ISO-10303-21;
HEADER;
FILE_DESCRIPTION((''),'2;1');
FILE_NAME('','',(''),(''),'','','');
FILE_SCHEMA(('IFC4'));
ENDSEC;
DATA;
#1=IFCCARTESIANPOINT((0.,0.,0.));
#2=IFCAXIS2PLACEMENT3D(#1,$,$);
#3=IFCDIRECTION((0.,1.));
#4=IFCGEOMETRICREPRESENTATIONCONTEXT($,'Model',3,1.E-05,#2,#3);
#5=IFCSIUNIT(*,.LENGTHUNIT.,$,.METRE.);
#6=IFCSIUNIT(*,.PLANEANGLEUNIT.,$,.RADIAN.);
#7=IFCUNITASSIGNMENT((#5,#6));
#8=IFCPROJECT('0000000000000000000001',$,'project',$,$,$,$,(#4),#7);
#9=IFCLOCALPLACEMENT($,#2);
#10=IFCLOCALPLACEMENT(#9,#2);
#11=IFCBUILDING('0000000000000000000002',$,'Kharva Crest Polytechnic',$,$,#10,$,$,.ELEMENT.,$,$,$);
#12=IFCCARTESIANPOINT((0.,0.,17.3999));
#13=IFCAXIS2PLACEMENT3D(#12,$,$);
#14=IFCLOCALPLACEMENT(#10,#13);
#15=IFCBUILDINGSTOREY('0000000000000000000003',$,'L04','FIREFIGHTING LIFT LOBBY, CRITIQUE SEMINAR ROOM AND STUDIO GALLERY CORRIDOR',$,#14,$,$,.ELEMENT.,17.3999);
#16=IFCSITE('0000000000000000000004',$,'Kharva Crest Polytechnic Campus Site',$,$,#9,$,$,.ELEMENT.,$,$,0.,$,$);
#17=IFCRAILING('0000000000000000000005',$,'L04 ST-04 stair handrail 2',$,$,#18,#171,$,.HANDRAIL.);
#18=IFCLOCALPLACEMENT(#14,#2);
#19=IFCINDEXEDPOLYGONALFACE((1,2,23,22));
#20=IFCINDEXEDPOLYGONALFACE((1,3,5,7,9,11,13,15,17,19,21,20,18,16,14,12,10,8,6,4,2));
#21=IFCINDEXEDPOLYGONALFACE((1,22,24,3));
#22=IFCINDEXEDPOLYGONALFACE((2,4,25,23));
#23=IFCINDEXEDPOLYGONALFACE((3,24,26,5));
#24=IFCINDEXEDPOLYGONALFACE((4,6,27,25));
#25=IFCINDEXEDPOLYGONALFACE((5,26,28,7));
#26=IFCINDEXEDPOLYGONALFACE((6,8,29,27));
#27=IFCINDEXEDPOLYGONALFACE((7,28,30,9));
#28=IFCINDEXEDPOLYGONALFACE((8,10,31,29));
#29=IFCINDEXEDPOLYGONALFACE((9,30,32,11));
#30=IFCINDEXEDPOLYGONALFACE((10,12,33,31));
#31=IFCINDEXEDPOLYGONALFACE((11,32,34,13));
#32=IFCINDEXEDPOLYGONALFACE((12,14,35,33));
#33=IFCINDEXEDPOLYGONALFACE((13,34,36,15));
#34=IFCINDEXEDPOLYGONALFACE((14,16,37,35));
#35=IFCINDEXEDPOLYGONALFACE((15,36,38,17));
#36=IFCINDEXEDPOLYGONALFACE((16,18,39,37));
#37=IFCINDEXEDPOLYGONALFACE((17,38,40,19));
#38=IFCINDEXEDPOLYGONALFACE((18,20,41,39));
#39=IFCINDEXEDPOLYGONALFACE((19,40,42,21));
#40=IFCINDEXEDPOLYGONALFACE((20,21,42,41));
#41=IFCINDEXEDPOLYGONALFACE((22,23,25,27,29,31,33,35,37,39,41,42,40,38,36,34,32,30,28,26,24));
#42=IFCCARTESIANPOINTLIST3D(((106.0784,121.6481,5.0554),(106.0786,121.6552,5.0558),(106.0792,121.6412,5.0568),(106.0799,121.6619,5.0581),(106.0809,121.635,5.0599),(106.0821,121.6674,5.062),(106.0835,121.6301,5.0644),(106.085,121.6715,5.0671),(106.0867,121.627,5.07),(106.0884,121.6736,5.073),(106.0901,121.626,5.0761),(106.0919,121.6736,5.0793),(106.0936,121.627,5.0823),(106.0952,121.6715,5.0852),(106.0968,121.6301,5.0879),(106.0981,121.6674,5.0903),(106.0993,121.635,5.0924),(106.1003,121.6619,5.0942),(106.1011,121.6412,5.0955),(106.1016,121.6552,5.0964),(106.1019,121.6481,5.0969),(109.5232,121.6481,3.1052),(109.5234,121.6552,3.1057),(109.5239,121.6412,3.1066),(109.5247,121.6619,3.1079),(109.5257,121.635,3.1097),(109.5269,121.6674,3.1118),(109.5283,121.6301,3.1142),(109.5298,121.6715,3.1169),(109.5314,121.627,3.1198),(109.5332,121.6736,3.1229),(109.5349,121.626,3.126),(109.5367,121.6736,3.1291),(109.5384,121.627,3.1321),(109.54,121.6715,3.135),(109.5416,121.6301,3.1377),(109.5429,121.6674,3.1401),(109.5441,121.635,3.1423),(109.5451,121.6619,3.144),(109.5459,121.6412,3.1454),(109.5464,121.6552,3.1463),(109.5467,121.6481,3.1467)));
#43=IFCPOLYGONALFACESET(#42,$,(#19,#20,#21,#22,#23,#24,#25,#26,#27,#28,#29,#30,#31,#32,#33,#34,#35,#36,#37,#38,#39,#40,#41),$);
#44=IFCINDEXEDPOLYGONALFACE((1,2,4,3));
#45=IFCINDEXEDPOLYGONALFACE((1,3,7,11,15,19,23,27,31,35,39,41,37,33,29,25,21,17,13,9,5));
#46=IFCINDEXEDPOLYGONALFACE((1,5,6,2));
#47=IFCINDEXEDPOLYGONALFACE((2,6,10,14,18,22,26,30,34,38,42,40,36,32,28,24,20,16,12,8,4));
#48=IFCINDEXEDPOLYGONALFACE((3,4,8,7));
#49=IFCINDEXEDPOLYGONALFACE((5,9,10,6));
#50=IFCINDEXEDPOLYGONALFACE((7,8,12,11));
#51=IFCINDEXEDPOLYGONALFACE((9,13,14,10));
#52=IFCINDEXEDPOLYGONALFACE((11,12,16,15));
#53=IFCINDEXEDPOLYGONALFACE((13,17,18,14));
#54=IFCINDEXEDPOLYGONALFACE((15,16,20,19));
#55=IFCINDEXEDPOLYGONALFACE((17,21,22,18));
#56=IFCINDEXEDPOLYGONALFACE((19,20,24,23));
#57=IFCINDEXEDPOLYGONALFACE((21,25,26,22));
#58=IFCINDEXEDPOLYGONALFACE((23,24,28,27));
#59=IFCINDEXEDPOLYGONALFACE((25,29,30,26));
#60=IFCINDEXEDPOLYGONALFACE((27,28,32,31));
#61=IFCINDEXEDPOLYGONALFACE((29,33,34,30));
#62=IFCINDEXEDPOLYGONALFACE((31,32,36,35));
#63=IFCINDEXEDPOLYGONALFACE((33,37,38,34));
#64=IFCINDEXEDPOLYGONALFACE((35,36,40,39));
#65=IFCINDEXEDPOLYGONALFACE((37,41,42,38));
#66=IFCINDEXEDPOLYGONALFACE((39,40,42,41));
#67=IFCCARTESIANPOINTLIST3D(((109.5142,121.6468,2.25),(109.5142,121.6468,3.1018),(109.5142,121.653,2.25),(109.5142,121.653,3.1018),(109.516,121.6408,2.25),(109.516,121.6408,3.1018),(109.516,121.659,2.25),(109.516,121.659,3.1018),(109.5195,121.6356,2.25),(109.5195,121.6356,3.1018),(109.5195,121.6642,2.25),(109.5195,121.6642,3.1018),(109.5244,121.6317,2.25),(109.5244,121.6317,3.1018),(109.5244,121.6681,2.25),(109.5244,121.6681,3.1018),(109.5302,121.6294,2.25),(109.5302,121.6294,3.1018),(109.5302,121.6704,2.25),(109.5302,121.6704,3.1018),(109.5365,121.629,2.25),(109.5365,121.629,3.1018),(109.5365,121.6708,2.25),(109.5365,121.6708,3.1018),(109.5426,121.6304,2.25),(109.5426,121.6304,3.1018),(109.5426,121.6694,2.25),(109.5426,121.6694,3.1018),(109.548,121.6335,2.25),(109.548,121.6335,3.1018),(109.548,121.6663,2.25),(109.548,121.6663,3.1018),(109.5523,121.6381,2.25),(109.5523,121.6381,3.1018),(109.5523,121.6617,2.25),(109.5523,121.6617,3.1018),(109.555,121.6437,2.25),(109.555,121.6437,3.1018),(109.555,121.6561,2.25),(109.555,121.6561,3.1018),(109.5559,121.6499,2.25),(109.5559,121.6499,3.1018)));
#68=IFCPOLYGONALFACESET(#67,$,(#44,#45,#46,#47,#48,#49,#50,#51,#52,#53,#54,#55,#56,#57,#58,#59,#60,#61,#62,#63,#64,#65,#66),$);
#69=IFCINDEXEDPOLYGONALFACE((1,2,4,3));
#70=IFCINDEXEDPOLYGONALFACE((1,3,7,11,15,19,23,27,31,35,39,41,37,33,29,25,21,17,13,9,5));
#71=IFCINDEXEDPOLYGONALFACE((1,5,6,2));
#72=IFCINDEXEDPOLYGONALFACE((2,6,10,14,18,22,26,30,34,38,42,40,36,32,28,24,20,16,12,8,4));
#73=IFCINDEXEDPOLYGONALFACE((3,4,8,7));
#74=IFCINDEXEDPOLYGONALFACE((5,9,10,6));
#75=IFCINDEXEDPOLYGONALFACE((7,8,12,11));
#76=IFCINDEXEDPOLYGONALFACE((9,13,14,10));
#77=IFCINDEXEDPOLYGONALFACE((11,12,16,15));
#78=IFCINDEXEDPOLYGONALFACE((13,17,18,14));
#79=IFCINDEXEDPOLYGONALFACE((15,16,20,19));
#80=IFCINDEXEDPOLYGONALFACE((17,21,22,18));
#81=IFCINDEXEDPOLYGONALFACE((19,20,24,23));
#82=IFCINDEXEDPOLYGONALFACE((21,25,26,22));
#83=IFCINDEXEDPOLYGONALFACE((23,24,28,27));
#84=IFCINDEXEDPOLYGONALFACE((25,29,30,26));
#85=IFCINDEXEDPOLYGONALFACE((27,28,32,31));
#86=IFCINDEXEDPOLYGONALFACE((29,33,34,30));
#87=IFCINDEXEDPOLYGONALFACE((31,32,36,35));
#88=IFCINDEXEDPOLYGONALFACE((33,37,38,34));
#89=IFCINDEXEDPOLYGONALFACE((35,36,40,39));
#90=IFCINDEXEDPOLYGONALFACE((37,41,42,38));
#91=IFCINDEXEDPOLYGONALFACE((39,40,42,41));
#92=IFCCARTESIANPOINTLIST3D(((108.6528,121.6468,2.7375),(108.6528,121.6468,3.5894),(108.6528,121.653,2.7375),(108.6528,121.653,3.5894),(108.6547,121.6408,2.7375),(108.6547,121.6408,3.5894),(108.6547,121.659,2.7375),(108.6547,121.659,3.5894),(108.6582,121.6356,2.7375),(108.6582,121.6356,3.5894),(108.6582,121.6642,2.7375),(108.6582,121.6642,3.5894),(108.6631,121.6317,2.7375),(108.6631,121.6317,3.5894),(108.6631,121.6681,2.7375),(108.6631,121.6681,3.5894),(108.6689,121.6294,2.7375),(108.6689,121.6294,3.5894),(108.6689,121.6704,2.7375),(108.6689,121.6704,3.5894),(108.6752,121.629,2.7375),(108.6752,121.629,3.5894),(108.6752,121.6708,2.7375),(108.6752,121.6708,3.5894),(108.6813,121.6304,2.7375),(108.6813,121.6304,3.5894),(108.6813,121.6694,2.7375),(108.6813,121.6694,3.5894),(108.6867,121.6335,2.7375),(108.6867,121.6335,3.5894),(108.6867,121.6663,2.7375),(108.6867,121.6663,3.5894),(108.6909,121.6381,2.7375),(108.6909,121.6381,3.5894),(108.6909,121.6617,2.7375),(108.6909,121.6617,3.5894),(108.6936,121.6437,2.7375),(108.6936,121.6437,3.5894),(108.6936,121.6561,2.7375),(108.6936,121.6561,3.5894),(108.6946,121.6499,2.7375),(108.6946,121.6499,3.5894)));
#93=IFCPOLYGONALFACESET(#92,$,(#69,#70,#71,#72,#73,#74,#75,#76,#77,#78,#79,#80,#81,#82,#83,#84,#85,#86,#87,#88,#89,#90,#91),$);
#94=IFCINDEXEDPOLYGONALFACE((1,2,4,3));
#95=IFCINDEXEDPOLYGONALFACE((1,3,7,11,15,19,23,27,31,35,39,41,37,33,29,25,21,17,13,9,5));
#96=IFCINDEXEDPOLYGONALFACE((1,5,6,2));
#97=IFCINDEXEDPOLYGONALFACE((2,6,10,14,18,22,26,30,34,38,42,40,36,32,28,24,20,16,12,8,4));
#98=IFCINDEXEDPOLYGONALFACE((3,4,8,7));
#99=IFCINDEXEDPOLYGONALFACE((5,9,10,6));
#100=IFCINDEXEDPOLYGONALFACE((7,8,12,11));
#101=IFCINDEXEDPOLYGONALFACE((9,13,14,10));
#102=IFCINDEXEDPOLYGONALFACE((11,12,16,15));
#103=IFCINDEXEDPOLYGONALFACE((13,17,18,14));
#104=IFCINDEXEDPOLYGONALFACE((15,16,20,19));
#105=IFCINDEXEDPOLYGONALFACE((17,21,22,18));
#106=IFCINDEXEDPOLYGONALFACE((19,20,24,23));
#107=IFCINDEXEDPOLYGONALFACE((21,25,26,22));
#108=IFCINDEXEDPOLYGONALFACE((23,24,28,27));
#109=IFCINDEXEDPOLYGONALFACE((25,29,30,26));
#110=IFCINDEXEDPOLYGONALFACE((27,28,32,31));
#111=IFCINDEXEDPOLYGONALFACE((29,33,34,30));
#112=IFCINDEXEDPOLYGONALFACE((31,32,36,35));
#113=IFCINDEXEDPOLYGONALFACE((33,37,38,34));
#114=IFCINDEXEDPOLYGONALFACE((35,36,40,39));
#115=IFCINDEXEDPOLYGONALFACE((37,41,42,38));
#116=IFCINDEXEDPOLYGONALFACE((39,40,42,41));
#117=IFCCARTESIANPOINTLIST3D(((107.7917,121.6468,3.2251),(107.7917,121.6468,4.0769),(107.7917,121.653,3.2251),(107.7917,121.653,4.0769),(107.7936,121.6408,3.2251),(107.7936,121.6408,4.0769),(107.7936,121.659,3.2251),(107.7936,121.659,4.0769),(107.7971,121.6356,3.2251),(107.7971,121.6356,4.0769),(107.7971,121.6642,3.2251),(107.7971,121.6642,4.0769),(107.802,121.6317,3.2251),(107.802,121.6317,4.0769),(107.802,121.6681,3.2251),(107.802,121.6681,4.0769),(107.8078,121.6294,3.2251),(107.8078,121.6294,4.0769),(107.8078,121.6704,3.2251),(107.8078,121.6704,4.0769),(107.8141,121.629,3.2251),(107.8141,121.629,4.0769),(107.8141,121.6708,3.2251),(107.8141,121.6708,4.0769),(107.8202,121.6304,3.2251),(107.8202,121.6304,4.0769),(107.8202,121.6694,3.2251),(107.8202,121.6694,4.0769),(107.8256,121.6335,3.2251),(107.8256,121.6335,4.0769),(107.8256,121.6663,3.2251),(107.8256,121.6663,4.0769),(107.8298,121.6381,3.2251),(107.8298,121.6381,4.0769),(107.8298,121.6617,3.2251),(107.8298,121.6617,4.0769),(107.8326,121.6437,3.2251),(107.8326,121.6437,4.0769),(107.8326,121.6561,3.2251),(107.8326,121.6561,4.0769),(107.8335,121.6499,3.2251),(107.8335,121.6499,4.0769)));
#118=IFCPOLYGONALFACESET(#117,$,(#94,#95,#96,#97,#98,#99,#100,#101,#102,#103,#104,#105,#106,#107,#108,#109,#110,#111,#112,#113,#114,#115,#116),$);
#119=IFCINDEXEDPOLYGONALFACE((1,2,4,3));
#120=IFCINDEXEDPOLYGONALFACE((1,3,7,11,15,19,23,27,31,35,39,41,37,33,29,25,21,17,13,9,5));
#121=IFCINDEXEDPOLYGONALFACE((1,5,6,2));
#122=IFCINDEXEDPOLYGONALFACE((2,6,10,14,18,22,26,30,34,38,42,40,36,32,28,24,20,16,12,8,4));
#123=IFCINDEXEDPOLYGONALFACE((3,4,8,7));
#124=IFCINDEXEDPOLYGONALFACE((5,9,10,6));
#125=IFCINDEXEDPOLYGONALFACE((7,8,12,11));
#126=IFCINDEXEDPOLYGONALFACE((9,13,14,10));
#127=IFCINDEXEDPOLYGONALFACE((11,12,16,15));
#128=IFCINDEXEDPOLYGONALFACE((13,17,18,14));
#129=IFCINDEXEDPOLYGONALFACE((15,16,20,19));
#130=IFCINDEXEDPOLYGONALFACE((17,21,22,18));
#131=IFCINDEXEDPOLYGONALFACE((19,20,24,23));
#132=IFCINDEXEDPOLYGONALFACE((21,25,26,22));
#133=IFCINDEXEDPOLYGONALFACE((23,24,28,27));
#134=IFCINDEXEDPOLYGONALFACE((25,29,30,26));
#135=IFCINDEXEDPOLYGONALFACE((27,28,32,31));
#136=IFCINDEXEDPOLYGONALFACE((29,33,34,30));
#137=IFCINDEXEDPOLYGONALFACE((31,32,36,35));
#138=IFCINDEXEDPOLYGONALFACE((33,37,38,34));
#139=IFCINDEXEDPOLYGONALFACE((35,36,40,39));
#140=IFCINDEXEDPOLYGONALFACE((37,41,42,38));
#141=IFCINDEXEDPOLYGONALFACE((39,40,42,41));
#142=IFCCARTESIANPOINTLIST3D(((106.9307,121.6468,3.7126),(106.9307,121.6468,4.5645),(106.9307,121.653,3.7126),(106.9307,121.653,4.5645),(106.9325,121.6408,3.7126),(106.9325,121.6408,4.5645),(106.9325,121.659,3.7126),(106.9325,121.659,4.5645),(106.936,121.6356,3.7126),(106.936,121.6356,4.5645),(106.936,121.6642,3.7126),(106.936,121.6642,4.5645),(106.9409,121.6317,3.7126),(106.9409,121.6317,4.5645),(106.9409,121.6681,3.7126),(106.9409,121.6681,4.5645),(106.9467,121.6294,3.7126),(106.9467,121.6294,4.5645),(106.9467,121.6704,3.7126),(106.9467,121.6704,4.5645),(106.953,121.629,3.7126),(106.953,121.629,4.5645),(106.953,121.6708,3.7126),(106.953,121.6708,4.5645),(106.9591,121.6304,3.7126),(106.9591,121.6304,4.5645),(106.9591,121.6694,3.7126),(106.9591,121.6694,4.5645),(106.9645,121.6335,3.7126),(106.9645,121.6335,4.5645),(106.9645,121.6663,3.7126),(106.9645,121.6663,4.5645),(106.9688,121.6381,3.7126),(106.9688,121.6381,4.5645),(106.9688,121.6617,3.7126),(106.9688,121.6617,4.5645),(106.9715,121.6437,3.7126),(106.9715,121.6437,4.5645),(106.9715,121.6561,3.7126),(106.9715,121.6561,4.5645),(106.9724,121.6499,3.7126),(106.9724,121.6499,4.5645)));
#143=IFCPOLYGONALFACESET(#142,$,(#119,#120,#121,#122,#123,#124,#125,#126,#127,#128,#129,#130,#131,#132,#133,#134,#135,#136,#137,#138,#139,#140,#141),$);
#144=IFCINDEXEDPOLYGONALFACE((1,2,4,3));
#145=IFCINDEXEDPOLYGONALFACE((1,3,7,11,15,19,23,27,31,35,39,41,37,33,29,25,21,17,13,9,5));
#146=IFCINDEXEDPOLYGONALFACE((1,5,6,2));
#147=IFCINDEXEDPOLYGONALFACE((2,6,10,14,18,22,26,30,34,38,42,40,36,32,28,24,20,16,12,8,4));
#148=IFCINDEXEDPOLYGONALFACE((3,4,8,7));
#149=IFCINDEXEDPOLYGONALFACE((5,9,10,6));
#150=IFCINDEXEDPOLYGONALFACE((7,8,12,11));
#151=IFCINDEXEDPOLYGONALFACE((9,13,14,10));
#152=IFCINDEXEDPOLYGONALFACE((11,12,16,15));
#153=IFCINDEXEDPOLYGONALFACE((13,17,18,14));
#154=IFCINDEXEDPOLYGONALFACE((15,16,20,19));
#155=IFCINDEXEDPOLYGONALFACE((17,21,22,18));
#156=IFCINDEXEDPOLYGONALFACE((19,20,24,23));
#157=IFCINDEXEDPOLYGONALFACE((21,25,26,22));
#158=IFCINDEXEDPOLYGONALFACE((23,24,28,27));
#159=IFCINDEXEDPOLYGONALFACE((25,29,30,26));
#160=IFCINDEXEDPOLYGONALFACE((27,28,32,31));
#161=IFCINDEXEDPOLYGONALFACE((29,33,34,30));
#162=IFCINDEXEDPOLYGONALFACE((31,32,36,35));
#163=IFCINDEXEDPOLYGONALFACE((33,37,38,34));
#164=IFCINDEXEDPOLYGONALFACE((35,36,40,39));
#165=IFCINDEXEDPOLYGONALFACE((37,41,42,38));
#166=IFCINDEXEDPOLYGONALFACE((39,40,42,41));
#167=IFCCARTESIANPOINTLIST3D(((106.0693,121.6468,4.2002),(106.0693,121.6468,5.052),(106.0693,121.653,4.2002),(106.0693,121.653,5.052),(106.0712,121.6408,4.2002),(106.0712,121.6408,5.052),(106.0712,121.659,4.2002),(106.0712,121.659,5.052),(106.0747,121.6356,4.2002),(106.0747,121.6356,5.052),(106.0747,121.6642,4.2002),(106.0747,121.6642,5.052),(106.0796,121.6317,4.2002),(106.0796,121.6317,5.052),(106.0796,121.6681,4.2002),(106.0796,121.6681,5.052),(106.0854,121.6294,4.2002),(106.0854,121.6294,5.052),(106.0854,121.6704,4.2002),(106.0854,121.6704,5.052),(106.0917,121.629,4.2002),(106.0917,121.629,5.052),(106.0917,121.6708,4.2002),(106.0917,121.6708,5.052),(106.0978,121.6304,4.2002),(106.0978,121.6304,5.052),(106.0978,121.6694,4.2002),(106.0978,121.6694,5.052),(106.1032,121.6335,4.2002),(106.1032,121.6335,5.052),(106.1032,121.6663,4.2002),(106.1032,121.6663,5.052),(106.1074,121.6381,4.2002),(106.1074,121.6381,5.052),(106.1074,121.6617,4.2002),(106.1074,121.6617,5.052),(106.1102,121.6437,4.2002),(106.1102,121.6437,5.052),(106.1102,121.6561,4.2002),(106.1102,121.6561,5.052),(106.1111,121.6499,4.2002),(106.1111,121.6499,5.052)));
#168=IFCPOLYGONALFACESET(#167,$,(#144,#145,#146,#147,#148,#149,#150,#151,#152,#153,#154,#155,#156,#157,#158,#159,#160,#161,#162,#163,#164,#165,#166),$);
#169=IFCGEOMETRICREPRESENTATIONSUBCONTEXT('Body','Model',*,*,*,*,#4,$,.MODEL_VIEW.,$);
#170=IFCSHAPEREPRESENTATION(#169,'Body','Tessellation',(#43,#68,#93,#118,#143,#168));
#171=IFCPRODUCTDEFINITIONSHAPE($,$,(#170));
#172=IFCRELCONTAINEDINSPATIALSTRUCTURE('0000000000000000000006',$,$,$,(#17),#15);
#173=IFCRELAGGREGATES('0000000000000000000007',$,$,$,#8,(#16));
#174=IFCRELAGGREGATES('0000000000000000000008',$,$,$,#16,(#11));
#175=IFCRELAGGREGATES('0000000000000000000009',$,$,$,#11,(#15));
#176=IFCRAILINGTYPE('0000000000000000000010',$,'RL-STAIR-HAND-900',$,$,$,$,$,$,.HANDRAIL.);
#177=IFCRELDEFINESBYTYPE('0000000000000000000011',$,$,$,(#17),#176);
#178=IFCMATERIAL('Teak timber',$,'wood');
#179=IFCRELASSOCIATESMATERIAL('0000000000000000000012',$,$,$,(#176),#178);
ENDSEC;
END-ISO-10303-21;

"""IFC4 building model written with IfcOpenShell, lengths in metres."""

from ifc_helpers import new_model, si_unit, direction, frame, origin, origin_2d, place, context, subcontext, project, spatial, circle, extrude, material, type_object, element, save


model = new_model("IFC4")

# Units and contexts
model_context = context("Model", 3, precision=1e-05, world=origin(), true_north=direction((0.0, 1.0)))
body_context = subcontext(model_context, "Body", "Model", "MODEL_VIEW")
ifc_project = project(units=[si_unit("LENGTHUNIT", "METRE"), si_unit("PLANEANGLEUNIT", "RADIAN")], contexts=[model_context])

# Site, building, storey
site_placement = place(None, origin())
site = spatial("IfcSite", under=ifc_project, at=site_placement, Name="Kharva Crest Polytechnic Campus Site", CompositionType="ELEMENT", RefElevation=0.0)
building_placement = place(site_placement, origin())
building = spatial("IfcBuilding", under=site, at=building_placement, Name="Kharva Crest Polytechnic", CompositionType="ELEMENT")
storey_placement = place(building_placement, frame((0.0, 0.0, 17.3999)))
storey = spatial("IfcBuildingStorey", under=building, at=storey_placement, Name="L04", Description="FIREFIGHTING LIFT LOBBY, CRITIQUE SEMINAR ROOM AND STUDIO GALLERY CORRIDOR", CompositionType="ELEMENT", Elevation=17.3999)

# Shared definitions
ifc_material_1 = material(Name="Teak timber", Category="wood")

# Railing
railing_type_1 = type_object("IfcRailingType", Name="RL-STAIR-HAND-900", PredefinedType="HANDRAIL", material=ifc_material_1)
railing_1_placement = place(storey_placement, frame((109.5349, 121.6499, 2.25)))
element("IfcRailing", 1, at=railing_1_placement, inside=storey, type_object=railing_type_1, Name="L04 ST-04 stair handrail 2", PredefinedType="HANDRAIL", context=body_context, shape_type="SweptSolid", body=[
    extrude(circle(Radius=0.0239, at=origin_2d()), frame((0.0, 0.0, 0.876), z_axis=(-0.870225, 0.0, 0.492655), x_axis=(0.0, -1.0, 0.0)), (0.0, 0.0, 1.0), 3.9585),
    extrude(circle(Radius=0.021, at=origin_2d()), origin(), (0.0, 0.0, 1.0), 0.8518),
    extrude(circle(Radius=0.021, at=origin_2d()), frame((-0.8613, 0.0, 0.4875)), (0.0, 0.0, 1.0), 0.8518),
    extrude(circle(Radius=0.021, at=origin_2d()), frame((-1.7224, 0.0, 0.9751)), (0.0, 0.0, 1.0), 0.8518),
    extrude(circle(Radius=0.021, at=origin_2d()), frame((-2.5835, 0.0, 1.4626)), (0.0, 0.0, 1.0), 0.8518),
    extrude(circle(Radius=0.021, at=origin_2d()), frame((-3.4448, 0.0, 1.9502)), (0.0, 0.0, 1.0), 0.8518),
])

save(model, "model.ifc")
